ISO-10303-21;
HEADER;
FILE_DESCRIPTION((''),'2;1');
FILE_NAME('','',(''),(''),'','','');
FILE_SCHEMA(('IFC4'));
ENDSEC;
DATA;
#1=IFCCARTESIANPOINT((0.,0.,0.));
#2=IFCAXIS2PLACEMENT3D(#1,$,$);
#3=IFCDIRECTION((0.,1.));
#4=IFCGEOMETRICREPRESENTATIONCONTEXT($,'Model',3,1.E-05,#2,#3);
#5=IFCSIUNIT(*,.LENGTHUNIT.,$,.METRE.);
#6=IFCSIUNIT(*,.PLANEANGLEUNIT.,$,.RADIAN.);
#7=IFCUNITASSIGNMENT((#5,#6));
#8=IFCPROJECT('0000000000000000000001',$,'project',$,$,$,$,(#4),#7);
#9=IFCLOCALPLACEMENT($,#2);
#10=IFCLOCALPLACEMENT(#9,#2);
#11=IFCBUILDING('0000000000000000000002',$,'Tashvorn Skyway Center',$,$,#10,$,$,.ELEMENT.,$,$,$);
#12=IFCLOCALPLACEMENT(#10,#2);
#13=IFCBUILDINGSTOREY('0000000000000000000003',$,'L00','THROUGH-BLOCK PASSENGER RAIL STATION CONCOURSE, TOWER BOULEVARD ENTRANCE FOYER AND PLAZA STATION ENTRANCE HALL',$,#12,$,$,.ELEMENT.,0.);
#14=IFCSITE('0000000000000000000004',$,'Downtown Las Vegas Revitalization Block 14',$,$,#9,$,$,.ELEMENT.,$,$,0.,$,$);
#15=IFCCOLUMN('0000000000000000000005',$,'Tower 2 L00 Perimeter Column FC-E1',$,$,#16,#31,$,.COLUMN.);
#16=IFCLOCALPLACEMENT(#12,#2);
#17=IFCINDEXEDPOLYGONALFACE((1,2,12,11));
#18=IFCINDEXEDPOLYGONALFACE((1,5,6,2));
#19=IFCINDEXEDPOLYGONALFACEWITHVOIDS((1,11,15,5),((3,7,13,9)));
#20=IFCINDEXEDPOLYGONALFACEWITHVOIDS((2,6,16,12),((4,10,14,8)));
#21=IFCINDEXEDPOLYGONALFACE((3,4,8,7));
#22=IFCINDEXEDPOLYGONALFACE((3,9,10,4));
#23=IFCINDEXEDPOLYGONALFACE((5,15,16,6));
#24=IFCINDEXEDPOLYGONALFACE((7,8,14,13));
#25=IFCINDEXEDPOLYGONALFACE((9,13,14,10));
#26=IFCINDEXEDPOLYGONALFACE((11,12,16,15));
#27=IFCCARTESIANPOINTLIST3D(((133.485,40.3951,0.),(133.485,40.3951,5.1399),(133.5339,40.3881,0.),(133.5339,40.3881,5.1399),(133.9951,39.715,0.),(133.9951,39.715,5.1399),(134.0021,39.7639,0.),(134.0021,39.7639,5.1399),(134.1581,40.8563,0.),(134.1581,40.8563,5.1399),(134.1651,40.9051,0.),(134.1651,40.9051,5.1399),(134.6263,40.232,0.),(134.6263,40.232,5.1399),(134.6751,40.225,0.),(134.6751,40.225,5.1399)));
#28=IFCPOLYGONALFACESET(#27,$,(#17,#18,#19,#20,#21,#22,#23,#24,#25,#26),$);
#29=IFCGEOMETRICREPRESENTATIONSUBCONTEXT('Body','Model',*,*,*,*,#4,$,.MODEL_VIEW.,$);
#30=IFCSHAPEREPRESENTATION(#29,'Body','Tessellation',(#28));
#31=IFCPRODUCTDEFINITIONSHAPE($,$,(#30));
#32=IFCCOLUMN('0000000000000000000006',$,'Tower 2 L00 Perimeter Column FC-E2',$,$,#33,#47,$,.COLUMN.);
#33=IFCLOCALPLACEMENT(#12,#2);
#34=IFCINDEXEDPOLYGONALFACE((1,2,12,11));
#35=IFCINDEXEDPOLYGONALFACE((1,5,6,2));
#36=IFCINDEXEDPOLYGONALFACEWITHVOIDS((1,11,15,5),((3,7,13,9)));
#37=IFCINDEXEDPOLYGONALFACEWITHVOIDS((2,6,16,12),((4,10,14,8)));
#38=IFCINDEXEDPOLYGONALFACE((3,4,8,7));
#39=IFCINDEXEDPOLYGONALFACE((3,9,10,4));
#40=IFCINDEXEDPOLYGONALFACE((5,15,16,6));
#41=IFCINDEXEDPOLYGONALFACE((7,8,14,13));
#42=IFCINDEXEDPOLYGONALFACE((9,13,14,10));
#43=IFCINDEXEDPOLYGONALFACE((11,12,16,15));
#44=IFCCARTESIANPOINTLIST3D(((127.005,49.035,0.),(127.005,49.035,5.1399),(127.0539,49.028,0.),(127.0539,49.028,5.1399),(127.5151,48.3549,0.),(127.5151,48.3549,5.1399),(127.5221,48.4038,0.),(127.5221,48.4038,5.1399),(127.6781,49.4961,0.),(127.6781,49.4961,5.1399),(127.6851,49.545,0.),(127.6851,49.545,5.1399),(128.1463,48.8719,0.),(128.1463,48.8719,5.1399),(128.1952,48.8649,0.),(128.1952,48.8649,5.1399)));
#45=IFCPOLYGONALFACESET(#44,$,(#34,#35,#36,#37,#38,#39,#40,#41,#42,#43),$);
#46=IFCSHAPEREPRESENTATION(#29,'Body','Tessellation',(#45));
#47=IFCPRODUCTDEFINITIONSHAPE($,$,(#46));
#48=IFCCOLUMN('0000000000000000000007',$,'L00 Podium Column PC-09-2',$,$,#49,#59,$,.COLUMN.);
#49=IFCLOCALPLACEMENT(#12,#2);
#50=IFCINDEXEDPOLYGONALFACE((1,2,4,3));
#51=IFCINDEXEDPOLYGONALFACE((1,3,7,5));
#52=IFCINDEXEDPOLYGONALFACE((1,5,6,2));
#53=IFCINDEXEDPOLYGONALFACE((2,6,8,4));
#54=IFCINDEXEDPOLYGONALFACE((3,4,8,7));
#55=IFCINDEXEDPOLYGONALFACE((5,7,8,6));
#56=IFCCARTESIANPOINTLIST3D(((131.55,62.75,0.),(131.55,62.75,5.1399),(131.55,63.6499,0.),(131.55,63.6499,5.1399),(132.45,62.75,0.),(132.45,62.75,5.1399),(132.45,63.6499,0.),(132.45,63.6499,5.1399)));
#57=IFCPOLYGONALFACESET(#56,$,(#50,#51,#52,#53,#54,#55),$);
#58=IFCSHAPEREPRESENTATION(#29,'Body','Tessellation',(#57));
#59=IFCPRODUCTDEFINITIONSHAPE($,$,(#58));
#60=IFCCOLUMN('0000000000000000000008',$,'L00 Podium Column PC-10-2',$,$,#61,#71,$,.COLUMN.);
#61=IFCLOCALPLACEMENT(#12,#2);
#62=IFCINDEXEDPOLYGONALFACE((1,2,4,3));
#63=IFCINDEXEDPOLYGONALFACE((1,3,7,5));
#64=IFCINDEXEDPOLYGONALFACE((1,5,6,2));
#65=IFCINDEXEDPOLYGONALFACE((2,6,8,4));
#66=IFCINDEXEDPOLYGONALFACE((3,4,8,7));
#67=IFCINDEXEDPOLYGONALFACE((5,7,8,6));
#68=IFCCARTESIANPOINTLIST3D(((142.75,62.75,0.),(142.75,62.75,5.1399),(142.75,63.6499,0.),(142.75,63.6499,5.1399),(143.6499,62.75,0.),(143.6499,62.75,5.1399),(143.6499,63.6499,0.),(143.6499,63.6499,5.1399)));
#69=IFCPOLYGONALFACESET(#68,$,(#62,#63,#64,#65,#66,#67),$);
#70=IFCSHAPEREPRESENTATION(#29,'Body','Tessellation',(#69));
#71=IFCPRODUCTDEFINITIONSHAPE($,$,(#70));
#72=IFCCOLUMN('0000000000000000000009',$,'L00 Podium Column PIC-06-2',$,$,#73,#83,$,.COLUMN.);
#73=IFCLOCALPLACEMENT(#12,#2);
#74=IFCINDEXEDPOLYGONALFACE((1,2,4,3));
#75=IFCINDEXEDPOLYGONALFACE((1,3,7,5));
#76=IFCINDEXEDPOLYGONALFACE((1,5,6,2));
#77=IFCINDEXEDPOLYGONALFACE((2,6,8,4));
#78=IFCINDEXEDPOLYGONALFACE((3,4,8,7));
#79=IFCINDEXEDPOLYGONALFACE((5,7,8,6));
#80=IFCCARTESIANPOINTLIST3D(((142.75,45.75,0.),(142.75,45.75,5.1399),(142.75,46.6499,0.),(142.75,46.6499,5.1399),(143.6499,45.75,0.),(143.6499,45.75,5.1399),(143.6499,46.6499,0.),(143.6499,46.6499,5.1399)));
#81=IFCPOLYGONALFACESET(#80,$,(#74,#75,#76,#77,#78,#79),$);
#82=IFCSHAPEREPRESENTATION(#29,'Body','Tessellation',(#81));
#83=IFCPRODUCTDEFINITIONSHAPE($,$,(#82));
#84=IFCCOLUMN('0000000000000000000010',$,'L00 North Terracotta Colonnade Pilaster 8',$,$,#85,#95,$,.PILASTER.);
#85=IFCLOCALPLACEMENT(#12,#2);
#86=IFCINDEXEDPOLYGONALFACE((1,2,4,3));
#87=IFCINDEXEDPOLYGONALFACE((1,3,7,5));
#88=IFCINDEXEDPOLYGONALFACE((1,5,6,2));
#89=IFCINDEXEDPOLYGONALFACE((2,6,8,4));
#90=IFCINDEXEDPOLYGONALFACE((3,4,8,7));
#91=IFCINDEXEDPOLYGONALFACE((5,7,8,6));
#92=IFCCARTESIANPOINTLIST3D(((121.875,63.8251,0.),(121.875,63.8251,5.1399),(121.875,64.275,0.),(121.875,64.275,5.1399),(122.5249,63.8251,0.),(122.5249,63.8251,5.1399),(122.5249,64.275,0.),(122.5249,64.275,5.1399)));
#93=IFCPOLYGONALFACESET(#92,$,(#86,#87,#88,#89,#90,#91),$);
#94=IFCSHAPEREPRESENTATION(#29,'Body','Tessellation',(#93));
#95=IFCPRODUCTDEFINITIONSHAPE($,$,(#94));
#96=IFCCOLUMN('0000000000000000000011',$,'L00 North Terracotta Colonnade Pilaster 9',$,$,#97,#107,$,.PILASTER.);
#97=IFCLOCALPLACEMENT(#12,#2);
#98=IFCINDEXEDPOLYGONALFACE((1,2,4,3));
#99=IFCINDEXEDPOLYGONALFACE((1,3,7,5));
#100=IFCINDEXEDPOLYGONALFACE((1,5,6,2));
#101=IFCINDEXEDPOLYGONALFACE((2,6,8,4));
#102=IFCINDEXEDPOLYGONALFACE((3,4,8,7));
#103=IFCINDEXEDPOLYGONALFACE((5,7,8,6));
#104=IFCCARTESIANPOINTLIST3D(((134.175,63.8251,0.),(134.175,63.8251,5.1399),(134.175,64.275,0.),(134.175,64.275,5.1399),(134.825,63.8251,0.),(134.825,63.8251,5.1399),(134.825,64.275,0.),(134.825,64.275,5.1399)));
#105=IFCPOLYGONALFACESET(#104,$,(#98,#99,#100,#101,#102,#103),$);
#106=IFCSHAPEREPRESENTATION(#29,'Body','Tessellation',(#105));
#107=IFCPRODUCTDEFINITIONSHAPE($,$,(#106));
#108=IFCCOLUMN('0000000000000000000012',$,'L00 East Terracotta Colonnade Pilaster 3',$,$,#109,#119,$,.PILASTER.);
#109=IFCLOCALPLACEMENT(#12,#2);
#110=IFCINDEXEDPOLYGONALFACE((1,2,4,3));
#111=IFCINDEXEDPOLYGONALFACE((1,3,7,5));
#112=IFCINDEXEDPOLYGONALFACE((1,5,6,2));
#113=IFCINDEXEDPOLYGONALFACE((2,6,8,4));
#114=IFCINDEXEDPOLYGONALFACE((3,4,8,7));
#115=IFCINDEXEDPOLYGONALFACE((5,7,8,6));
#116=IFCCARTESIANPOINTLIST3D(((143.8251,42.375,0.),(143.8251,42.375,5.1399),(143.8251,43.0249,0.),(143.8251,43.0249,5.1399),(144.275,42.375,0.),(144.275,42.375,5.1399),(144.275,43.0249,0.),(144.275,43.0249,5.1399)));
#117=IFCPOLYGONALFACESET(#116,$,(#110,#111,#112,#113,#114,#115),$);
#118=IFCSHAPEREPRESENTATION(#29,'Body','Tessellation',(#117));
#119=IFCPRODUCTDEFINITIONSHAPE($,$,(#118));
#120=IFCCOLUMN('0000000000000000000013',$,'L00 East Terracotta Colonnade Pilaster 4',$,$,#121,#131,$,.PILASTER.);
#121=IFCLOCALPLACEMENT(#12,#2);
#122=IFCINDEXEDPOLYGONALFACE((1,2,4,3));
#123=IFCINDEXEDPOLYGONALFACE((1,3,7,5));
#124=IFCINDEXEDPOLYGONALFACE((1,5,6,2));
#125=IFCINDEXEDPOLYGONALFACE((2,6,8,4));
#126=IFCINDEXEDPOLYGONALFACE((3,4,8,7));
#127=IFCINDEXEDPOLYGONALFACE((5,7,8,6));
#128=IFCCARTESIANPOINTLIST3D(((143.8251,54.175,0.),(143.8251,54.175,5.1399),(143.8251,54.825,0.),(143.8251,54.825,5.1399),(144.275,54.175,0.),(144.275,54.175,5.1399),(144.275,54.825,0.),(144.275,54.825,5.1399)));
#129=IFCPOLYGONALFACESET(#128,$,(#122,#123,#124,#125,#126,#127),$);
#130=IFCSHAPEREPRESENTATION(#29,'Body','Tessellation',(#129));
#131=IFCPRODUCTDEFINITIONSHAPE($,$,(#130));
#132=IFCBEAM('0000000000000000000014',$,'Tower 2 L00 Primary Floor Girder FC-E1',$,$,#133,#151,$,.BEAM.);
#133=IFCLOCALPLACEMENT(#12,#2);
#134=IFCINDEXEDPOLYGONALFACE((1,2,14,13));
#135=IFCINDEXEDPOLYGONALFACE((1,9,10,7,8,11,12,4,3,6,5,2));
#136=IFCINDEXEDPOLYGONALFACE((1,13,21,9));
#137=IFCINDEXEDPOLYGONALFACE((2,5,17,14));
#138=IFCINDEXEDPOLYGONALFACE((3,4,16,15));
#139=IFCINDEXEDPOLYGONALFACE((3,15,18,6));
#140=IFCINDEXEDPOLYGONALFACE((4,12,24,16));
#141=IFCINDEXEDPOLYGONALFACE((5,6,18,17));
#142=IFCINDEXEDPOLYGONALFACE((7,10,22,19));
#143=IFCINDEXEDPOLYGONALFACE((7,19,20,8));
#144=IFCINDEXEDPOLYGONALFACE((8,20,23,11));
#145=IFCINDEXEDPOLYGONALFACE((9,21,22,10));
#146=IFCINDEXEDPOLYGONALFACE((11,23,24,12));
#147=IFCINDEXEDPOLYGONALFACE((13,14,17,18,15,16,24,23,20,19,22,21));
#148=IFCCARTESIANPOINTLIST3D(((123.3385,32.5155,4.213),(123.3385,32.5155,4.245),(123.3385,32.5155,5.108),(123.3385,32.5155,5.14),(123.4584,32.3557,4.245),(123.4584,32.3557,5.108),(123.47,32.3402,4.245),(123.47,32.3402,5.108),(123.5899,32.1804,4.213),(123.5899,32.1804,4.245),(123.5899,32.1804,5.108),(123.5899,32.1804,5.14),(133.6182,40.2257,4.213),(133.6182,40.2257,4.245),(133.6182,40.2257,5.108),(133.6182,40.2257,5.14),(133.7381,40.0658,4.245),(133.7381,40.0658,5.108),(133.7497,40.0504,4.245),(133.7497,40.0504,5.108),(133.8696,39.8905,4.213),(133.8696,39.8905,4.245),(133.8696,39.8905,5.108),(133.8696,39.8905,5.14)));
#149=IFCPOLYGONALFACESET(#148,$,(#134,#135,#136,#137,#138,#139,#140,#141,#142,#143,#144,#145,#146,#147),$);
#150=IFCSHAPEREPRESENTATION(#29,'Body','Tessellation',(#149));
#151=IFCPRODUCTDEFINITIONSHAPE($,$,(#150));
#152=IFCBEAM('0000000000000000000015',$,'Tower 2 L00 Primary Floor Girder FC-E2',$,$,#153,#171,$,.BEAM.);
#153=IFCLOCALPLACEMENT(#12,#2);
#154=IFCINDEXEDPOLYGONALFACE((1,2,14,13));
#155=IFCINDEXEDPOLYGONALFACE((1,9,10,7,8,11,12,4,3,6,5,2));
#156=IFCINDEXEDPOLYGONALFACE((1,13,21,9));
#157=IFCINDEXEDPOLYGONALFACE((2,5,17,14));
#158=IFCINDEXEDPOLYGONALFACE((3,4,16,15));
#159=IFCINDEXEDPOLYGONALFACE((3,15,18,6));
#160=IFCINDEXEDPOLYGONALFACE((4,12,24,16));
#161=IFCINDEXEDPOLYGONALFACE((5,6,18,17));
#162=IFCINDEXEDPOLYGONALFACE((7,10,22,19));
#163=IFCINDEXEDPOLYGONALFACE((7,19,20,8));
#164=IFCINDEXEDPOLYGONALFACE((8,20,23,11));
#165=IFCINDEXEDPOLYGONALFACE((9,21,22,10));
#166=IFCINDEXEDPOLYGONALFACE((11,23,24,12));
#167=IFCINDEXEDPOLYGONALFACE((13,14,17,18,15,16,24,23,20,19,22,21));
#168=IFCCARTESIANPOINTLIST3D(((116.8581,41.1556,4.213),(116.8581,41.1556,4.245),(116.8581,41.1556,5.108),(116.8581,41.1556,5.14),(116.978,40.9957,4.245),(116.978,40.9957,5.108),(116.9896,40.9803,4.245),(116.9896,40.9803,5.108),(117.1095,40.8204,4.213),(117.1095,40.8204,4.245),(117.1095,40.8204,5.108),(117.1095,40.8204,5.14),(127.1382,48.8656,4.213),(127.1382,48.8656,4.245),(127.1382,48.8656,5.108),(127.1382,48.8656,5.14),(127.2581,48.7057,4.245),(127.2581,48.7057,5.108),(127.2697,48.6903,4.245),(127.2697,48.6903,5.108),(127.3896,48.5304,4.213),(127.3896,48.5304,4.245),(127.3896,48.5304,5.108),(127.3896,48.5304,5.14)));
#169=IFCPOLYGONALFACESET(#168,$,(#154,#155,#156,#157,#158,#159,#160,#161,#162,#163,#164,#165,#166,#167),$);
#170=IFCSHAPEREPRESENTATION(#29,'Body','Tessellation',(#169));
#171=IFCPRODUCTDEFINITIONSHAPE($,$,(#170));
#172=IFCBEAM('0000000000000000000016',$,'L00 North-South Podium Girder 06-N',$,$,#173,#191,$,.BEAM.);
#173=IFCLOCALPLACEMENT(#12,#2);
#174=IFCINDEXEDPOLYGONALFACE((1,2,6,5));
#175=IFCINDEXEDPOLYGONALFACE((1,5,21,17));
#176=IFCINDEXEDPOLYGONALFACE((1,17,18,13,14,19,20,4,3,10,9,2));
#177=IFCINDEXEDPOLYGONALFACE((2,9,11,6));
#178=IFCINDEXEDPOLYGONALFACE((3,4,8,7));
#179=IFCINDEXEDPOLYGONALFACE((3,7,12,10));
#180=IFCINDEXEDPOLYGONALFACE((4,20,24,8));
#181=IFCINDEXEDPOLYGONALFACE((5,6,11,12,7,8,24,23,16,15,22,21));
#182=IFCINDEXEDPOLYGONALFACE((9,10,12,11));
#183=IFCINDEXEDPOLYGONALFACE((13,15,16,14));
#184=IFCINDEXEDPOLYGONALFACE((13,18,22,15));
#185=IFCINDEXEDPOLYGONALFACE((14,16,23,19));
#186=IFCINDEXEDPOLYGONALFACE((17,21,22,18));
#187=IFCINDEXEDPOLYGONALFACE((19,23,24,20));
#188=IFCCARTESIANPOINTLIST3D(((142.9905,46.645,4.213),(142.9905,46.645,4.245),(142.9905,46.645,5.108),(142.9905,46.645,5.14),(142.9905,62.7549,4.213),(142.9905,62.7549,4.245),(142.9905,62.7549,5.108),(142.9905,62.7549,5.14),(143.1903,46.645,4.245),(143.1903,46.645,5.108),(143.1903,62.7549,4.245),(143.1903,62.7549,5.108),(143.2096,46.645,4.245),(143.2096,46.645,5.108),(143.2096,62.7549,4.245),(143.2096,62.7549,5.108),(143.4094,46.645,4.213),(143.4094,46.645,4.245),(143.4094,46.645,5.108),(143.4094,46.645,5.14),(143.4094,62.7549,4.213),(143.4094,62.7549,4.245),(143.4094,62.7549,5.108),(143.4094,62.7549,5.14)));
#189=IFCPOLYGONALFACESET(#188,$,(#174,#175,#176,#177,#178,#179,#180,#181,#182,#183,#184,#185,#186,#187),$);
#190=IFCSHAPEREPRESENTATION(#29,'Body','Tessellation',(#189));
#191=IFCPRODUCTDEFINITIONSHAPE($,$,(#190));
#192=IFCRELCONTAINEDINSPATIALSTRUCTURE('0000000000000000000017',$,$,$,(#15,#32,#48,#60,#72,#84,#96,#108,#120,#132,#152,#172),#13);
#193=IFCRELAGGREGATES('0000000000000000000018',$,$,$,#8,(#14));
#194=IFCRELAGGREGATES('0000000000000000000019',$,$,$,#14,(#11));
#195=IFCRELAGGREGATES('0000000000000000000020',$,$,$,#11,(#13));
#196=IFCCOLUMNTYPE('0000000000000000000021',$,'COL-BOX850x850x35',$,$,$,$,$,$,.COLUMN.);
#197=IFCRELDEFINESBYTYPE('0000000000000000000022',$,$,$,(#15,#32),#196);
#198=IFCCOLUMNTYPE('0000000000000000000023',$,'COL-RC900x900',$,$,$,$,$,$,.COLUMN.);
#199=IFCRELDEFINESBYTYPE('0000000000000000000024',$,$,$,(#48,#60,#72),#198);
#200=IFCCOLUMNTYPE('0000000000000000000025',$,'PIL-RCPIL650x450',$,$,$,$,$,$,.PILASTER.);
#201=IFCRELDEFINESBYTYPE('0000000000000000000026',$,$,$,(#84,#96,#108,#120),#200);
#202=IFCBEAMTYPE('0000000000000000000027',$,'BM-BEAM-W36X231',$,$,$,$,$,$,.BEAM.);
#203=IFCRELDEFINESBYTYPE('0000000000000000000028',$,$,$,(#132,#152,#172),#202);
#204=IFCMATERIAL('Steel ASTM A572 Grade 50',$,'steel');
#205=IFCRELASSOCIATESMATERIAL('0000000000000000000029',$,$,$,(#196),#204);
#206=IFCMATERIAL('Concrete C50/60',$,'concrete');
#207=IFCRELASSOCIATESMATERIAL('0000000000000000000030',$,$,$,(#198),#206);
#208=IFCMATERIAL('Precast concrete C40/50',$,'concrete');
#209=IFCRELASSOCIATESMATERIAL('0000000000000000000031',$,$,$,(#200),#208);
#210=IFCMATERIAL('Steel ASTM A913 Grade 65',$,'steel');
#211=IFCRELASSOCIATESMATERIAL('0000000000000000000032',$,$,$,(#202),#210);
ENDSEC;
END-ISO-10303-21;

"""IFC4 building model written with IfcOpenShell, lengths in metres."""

from ifc_helpers import new_model, si_unit, direction, frame, origin, origin_2d, place, context, subcontext, project, spatial, rectangle, hollow_rectangle, i_section, extrude, material, material_profile, profile_set, type_object, element, save


model = new_model("IFC4")

# Units and contexts
model_context = context("Model", 3, precision=1e-05, world=origin(), true_north=direction((0.0, 1.0)))
body_context = subcontext(model_context, "Body", "Model", "MODEL_VIEW")
ifc_project = project(units=[si_unit("LENGTHUNIT", "METRE"), si_unit("PLANEANGLEUNIT", "RADIAN")], contexts=[model_context])

# Site, building, storey
site_placement = place(None, origin())
site = spatial("IfcSite", under=ifc_project, at=site_placement, Name="Downtown Las Vegas Revitalization Block 14", CompositionType="ELEMENT", RefElevation=0.0)
building_placement = place(site_placement, origin())
building = spatial("IfcBuilding", under=site, at=building_placement, Name="Tashvorn Skyway Center", CompositionType="ELEMENT")
storey_placement = place(building_placement, origin())
storey = spatial("IfcBuildingStorey", under=building, at=storey_placement, Name="L00", Description="THROUGH-BLOCK PASSENGER RAIL STATION CONCOURSE, TOWER BOULEVARD ENTRANCE FOYER AND PLAZA STATION ENTRANCE HALL", CompositionType="ELEMENT", Elevation=0.0)

# Columns
ifc_material_1 = material(Name="Steel ASTM A572 Grade 50", Category="steel")
ifc_material_profile_1 = material_profile(ifc_material_1, hollow_rectangle(XDim=0.8501, YDim=0.8501, WallThickness=0.0349, at=origin_2d()), Name="BOX850x850x35")
ifc_profile_set_1 = profile_set([ifc_material_profile_1], Name="Steel ASTM A572 Grade 50")
column_type_1 = type_object("IfcColumnType", Name="COL-BOX850x850x35", PredefinedType="COLUMN", material=ifc_profile_set_1)
for number, where, z_axis, x_axis, name in (
    (1, (134.0801, 40.3101, 0.0), (0.0, 0.0, 1.0), (0.8, 0.6, 0.0), "Tower 2 L00 Perimeter Column FC-E1"),
    (2, (127.6001, 48.95, 0.0), (0.0, 0.0, 1.0), (0.8, 0.6, 0.0), "Tower 2 L00 Perimeter Column FC-E2"),
):
    element("IfcColumn", number, at=place(storey_placement, frame(where, z_axis=z_axis, x_axis=x_axis)), inside=storey, type_object=column_type_1, Name=name, PredefinedType="COLUMN", context=body_context, shape_type="SweptSolid", body=[
        extrude(hollow_rectangle(XDim=0.8501, YDim=0.8501, WallThickness=0.0349, at=origin_2d()), origin(), (0.0, 0.0, 1.0), 5.1399),
    ])
ifc_material_2 = material(Name="Concrete C50/60", Category="concrete")
ifc_material_profile_2 = material_profile(ifc_material_2, rectangle(XDim=0.8999, YDim=0.8999, at=origin_2d()), Name="RC900x900")
ifc_profile_set_2 = profile_set([ifc_material_profile_2], Name="Concrete C50/60")
column_type_2 = type_object("IfcColumnType", Name="COL-RC900x900", PredefinedType="COLUMN", material=ifc_profile_set_2)
for number, where, z_axis, x_axis, name in (
    (3, (132.0, 63.2, 0.0), (0.0, 0.0, 1.0), (1.0, 0.0, 0.0), "L00 Podium Column PC-09-2"),
    (4, (143.2, 63.2, 0.0), (0.0, 0.0, 1.0), (1.0, 0.0, 0.0), "L00 Podium Column PC-10-2"),
    (5, (143.2, 46.2, 0.0), (0.0, 0.0, 1.0), (1.0, 0.0, 0.0), "L00 Podium Column PIC-06-2"),
):
    element("IfcColumn", number, at=place(storey_placement, frame(where, z_axis=z_axis, x_axis=x_axis)), inside=storey, type_object=column_type_2, Name=name, PredefinedType="COLUMN", context=body_context, shape_type="SweptSolid", body=[
        extrude(rectangle(XDim=0.8999, YDim=0.8999, at=origin_2d()), origin(), (0.0, 0.0, 1.0), 5.1399),
    ])
ifc_material_3 = material(Name="Precast concrete C40/50", Category="concrete")
ifc_material_profile_3 = material_profile(ifc_material_3, rectangle(XDim=0.6499, YDim=0.45, at=origin_2d()), Name="RCPIL650x450")
ifc_profile_set_3 = profile_set([ifc_material_profile_3], Name="Precast concrete C40/50")
column_type_3 = type_object("IfcColumnType", Name="PIL-RCPIL650x450", PredefinedType="PILASTER", material=ifc_profile_set_3)
for number, where, z_axis, x_axis, name in (
    (6, (122.2, 64.05, 0.0), (0.0, 0.0, 1.0), (1.0, 0.0, 0.0), "L00 North Terracotta Colonnade Pilaster 8"),
    (7, (134.5, 64.05, 0.0), (0.0, 0.0, 1.0), (1.0, 0.0, 0.0), "L00 North Terracotta Colonnade Pilaster 9"),
    (8, (144.05, 42.7, 0.0), (0.0, 0.0, 1.0), (0.0, 1.0, 0.0), "L00 East Terracotta Colonnade Pilaster 3"),
    (9, (144.05, 54.5, 0.0), (0.0, 0.0, 1.0), (0.0, 1.0, 0.0), "L00 East Terracotta Colonnade Pilaster 4"),
):
    element("IfcColumn", number, at=place(storey_placement, frame(where, z_axis=z_axis, x_axis=x_axis)), inside=storey, type_object=column_type_3, Name=name, PredefinedType="PILASTER", context=body_context, shape_type="SweptSolid", body=[
        extrude(rectangle(XDim=0.6499, YDim=0.45, at=origin_2d()), origin(), (0.0, 0.0, 1.0), 5.1399),
    ])

# Beams
ifc_material_4 = material(Name="Steel ASTM A913 Grade 65", Category="steel")
ifc_material_profile_4 = material_profile(ifc_material_4, i_section(OverallWidth=0.4189, OverallDepth=0.927, WebThickness=0.0193, FlangeThickness=0.032, at=origin_2d()), Name="W36X231")
ifc_profile_set_4 = profile_set([ifc_material_profile_4], Name="Steel ASTM A913 Grade 65")
beam_type_1 = type_object("IfcBeamType", Name="BM-BEAM-W36X231", PredefinedType="BEAM", material=ifc_profile_set_4)
beam_1_placement = place(storey_placement, frame((133.7439, 40.0581, 4.6765), z_axis=(-0.799986, -0.600018, 0.0), x_axis=(0.600018, -0.799986, 0.0)))
element("IfcBeam", 10, at=beam_1_placement, inside=storey, type_object=beam_type_1, Name="Tower 2 L00 Primary Floor Girder FC-E1", PredefinedType="BEAM", context=body_context, shape_type="SweptSolid", body=[
    extrude(i_section(OverallWidth=0.4189, OverallDepth=0.927, WebThickness=0.0193, FlangeThickness=0.032, at=origin_2d()), origin(), (0.0, 0.0, 1.0), 12.8499),
])
beam_2_placement = place(storey_placement, frame((127.2639, 48.698, 4.6765), z_axis=(-0.800002, -0.599997, 0.0), x_axis=(0.599997, -0.800002, 0.0)))
element("IfcBeam", 11, at=beam_2_placement, inside=storey, type_object=beam_type_1, Name="Tower 2 L00 Primary Floor Girder FC-E2", PredefinedType="BEAM", context=body_context, shape_type="SweptSolid", body=[
    extrude(i_section(OverallWidth=0.4189, OverallDepth=0.927, WebThickness=0.0193, FlangeThickness=0.032, at=origin_2d()), origin(), (0.0, 0.0, 1.0), 12.8501),
])
beam_3_placement = place(storey_placement, frame((143.2, 46.645, 4.6765), z_axis=(0.0, 1.0, 0.0), x_axis=(-1.0, 0.0, 0.0)))
element("IfcBeam", 12, at=beam_3_placement, inside=storey, type_object=beam_type_1, Name="L00 North-South Podium Girder 06-N", PredefinedType="BEAM", context=body_context, shape_type="SweptSolid", body=[
    extrude(i_section(OverallWidth=0.4189, OverallDepth=0.927, WebThickness=0.0193, FlangeThickness=0.032, at=origin_2d()), origin(), (0.0, 0.0, 1.0), 16.1099),
])

save(model, "model.ifc")
